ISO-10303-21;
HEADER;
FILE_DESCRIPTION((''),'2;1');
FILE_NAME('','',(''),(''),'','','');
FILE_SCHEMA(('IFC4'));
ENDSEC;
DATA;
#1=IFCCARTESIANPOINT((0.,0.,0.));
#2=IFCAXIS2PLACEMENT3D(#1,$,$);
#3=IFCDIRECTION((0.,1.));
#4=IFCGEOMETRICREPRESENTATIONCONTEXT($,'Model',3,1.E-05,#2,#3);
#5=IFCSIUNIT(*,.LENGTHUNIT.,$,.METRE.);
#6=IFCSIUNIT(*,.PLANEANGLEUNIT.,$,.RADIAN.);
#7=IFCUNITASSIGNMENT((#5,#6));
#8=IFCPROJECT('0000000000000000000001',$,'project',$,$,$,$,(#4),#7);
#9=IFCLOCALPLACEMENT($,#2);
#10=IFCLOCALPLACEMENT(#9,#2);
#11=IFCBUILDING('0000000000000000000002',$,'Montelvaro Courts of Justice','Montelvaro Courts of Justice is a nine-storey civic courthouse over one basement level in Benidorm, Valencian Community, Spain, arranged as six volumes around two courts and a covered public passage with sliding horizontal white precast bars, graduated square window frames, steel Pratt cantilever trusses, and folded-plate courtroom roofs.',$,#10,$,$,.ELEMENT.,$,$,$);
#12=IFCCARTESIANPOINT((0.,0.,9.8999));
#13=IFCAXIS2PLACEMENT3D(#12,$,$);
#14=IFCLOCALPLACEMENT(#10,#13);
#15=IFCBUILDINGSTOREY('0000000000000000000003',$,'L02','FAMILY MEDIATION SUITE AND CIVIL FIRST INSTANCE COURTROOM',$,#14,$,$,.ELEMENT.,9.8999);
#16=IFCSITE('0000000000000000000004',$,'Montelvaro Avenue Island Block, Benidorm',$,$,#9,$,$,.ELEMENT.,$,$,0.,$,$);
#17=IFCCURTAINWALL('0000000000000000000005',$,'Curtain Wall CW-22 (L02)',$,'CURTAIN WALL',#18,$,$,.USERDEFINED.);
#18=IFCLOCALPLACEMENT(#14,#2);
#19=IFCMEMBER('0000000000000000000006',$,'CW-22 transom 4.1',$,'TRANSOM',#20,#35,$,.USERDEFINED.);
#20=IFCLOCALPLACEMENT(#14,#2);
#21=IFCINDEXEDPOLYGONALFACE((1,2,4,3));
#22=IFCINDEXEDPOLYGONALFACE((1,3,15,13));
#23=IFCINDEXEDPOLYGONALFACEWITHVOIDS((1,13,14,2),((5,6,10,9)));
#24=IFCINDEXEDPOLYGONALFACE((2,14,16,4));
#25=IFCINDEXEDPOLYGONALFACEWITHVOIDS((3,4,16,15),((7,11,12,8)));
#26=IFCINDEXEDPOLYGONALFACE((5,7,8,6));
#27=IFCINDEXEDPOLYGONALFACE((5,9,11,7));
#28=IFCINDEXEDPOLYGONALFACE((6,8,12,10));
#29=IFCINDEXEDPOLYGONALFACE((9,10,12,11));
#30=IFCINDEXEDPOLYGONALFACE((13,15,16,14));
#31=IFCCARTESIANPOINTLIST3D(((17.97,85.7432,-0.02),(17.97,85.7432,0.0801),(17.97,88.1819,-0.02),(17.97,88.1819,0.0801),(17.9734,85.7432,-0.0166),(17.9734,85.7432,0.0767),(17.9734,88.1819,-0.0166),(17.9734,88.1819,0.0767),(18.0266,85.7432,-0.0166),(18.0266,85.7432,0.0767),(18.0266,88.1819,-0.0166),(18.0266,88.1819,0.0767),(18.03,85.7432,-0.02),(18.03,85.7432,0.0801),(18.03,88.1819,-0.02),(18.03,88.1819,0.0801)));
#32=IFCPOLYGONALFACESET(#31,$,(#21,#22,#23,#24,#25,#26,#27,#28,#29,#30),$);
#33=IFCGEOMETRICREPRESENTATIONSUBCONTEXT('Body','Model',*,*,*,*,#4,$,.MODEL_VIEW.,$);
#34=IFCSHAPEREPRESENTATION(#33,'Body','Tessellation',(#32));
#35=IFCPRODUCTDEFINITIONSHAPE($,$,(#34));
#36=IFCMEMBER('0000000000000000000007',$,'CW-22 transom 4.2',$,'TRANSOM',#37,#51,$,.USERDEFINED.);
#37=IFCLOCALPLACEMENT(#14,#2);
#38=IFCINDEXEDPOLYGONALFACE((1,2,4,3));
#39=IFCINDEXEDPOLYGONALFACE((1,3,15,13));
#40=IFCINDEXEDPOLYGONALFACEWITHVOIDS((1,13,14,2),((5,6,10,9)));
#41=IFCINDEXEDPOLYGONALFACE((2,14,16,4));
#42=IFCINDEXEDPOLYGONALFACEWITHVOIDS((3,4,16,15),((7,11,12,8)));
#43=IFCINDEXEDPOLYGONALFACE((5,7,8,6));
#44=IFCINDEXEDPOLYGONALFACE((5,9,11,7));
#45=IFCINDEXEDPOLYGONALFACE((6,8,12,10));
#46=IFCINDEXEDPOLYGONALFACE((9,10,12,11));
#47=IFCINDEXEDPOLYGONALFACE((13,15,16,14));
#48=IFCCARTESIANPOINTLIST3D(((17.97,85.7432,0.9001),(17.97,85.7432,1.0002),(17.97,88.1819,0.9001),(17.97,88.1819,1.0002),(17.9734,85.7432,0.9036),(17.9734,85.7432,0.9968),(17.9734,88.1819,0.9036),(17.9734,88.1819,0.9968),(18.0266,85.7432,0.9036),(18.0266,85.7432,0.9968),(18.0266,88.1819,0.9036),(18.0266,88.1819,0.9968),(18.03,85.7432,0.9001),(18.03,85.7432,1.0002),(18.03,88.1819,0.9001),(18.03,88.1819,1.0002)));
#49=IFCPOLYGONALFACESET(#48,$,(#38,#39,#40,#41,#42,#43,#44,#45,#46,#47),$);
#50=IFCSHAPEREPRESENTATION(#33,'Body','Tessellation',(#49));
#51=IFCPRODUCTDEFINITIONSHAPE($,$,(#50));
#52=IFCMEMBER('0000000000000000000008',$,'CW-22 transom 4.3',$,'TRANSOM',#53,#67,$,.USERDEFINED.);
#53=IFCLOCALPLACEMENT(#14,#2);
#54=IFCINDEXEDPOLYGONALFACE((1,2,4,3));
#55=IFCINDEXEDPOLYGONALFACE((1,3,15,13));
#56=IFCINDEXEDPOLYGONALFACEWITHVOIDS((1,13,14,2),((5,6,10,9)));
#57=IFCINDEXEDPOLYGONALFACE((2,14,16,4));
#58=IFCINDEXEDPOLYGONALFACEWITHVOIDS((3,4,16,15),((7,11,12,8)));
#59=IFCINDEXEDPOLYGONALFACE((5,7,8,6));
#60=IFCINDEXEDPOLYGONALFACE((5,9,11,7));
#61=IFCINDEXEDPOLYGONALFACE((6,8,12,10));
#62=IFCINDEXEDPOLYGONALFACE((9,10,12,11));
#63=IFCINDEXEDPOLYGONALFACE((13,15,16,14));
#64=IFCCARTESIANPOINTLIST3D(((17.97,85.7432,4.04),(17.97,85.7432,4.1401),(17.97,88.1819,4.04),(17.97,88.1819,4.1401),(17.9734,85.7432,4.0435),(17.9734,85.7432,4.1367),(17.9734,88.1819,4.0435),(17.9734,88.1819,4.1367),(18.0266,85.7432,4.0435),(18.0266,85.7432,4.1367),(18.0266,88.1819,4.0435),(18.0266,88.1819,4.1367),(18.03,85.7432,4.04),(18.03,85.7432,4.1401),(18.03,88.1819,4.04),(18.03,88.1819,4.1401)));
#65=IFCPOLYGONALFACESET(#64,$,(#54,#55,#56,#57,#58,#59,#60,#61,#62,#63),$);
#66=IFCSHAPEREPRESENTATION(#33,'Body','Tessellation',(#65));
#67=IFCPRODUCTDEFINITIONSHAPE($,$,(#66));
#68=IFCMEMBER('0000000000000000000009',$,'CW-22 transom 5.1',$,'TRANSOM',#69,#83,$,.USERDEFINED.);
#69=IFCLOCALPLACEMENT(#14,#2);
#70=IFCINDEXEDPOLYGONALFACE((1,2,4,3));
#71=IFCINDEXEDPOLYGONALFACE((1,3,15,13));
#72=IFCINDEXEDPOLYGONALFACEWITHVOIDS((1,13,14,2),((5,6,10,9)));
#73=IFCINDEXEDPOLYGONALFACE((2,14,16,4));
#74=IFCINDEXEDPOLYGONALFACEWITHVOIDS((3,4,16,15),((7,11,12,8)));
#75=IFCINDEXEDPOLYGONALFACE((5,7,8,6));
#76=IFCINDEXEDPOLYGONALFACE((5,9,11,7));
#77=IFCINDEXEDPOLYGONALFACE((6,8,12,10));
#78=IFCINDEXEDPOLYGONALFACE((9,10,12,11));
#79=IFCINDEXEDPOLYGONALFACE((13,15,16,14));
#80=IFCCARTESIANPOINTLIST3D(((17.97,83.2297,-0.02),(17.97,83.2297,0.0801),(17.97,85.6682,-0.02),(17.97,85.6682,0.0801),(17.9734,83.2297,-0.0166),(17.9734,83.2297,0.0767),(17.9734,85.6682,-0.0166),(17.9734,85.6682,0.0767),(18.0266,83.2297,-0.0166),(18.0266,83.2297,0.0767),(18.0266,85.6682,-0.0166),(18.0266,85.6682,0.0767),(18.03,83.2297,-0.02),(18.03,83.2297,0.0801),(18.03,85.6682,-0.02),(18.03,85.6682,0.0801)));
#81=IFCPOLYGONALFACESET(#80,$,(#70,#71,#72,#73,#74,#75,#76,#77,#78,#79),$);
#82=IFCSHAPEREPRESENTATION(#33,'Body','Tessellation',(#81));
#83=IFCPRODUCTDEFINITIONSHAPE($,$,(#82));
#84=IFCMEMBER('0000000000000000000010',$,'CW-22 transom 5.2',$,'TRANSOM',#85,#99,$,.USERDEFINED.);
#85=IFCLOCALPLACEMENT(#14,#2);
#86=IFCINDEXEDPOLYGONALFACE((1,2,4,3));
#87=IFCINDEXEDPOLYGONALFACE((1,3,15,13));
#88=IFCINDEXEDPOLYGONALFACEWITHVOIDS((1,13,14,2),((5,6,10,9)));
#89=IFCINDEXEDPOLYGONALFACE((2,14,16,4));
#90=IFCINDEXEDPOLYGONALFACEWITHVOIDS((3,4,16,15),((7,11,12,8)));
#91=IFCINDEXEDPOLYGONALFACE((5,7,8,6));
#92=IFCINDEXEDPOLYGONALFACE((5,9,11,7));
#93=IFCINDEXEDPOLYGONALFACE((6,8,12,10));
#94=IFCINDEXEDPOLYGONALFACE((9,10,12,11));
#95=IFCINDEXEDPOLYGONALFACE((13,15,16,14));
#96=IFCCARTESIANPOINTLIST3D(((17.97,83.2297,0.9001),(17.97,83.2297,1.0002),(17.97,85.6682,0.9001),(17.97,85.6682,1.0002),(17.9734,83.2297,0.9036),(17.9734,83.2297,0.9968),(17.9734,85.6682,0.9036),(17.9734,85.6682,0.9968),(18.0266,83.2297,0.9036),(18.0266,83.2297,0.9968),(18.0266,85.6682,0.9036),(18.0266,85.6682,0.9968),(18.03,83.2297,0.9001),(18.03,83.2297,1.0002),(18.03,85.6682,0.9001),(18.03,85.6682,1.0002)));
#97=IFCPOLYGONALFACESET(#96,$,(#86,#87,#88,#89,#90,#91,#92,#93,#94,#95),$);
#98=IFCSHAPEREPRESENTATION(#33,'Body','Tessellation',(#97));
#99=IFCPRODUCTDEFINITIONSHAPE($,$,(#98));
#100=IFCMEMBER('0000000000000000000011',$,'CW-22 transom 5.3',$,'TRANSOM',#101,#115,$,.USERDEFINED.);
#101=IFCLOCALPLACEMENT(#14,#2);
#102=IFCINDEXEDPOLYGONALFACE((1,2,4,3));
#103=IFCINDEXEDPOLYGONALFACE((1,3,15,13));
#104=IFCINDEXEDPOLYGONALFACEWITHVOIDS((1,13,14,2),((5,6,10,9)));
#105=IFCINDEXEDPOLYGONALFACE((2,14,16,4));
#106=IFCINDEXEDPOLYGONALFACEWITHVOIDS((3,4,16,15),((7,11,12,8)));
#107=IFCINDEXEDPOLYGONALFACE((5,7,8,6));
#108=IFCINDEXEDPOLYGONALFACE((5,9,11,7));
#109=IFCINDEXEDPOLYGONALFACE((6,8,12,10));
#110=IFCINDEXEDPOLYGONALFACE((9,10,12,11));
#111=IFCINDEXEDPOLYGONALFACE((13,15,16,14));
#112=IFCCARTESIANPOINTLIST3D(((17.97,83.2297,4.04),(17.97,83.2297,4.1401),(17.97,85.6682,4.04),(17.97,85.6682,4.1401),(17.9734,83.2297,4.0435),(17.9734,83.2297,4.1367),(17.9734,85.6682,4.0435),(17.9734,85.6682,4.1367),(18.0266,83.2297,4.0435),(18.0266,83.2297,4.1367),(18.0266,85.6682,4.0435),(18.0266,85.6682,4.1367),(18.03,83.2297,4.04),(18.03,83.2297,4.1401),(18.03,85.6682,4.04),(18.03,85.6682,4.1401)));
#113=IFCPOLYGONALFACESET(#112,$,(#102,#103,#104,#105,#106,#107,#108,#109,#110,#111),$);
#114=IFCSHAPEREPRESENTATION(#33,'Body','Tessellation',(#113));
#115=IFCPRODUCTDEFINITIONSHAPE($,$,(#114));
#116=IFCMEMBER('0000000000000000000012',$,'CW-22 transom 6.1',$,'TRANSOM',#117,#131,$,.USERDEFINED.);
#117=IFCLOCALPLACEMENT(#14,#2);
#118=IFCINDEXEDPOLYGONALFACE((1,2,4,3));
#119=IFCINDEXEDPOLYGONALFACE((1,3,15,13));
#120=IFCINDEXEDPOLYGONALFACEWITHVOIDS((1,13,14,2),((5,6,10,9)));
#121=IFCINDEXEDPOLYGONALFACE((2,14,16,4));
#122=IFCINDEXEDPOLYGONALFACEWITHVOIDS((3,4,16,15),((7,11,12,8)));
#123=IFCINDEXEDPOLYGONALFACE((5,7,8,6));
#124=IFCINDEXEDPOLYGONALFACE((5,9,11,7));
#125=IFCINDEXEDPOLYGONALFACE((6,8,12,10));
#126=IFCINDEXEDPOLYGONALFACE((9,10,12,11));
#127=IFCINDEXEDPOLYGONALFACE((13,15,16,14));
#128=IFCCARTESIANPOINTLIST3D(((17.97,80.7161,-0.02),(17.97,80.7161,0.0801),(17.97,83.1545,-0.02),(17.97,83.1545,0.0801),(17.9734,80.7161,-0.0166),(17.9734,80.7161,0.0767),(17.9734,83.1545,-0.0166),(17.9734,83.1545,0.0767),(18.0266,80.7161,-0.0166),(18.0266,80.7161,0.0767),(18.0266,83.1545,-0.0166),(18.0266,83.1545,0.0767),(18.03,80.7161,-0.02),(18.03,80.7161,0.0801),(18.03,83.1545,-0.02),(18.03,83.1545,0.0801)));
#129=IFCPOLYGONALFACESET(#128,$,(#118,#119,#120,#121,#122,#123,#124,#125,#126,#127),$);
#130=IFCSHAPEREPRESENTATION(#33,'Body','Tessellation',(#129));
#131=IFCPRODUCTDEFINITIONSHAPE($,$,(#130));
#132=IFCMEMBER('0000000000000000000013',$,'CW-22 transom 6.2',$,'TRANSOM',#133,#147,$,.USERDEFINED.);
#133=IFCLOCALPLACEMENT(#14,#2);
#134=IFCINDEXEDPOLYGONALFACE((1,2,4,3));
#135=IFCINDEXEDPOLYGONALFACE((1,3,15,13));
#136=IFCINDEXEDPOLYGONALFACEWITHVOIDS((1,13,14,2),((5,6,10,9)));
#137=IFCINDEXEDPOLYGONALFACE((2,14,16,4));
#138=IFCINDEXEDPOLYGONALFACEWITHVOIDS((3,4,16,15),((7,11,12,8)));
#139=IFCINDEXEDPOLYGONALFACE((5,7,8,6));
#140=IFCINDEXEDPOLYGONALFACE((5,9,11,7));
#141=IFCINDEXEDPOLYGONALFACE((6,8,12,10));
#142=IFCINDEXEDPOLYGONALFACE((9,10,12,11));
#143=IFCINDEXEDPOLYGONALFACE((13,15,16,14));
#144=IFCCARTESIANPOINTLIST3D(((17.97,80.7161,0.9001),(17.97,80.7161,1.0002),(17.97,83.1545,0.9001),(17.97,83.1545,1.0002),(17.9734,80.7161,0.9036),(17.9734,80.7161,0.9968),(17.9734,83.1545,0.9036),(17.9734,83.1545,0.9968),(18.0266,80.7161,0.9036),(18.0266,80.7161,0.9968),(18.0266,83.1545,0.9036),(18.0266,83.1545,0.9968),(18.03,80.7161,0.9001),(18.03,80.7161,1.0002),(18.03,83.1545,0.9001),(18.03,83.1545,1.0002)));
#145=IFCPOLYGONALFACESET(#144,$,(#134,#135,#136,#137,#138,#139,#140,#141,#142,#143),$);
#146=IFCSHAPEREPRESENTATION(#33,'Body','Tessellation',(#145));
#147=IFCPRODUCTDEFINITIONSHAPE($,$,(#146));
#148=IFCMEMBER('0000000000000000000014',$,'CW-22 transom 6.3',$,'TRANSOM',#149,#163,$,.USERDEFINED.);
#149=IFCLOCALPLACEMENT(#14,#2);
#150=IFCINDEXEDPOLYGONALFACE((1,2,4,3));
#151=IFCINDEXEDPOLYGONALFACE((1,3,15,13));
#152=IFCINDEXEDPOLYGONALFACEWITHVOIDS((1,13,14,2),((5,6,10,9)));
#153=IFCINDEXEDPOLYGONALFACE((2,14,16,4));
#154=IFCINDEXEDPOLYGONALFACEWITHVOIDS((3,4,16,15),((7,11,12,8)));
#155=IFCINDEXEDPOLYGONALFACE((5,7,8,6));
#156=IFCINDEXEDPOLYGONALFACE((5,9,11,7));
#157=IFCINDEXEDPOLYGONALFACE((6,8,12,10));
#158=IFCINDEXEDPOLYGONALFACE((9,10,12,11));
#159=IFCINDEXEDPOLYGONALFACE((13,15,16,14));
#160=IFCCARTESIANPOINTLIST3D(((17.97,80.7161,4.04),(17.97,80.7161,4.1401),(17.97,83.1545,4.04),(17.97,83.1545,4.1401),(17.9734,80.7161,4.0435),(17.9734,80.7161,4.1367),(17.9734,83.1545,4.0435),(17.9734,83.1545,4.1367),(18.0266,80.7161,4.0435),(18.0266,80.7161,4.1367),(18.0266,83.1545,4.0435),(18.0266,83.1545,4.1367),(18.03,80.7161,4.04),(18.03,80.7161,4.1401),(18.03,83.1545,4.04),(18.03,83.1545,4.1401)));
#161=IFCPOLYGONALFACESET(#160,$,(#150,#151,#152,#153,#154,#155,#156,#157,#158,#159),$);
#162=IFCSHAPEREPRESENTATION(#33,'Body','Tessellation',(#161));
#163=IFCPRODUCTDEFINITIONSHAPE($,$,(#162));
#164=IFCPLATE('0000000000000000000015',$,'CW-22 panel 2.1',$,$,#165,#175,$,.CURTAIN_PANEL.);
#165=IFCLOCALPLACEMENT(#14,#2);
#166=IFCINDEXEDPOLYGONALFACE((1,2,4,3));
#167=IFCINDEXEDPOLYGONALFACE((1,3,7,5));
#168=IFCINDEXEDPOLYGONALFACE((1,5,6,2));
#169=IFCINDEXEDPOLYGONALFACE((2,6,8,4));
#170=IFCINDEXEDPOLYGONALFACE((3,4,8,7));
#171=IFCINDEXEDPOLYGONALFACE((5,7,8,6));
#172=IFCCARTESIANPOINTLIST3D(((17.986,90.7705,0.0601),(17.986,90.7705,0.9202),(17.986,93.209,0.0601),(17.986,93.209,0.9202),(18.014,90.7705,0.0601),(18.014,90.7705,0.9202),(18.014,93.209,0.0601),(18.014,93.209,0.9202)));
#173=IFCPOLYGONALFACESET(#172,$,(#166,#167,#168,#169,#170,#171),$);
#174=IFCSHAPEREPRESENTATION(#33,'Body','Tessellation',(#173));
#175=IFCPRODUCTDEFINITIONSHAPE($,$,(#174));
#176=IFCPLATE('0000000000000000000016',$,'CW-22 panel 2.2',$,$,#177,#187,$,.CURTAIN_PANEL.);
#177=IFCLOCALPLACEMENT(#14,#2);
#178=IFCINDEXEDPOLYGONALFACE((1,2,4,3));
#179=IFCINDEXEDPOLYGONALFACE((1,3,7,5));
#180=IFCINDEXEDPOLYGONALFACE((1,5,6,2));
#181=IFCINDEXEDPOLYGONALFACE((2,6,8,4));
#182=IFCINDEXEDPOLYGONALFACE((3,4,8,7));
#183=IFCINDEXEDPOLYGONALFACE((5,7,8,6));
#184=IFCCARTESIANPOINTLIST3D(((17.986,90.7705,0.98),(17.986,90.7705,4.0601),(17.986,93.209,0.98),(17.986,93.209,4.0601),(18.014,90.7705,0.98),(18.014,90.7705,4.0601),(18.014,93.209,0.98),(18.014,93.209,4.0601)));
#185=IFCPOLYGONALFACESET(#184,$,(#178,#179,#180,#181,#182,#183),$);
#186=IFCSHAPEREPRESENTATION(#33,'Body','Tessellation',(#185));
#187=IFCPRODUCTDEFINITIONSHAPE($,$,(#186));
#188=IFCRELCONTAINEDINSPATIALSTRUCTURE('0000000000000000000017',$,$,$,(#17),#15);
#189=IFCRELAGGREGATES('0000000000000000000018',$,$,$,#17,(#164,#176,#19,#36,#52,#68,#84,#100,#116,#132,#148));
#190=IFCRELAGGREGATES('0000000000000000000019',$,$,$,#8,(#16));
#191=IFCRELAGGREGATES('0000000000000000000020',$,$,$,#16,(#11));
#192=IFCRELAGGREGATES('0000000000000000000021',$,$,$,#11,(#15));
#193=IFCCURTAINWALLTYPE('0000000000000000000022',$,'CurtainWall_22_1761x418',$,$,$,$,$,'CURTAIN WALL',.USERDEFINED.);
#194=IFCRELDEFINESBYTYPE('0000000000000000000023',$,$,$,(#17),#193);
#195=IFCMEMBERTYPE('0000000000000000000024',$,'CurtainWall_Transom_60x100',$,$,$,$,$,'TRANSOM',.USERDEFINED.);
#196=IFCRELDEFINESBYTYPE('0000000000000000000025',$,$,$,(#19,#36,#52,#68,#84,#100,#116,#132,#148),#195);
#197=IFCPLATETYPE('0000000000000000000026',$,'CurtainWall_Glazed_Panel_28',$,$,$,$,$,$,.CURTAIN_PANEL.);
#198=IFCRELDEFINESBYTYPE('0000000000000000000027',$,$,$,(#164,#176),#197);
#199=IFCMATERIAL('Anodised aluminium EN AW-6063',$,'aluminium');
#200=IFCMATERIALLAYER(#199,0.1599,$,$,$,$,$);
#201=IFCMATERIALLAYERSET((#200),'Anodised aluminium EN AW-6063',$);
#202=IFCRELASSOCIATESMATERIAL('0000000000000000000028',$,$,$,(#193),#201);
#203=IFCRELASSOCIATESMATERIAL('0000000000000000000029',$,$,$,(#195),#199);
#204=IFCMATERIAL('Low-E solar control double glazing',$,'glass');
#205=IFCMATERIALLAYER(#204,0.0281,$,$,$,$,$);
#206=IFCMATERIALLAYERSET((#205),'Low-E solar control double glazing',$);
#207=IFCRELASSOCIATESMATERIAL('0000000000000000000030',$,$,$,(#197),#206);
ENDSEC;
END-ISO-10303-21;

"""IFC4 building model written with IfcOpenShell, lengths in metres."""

from ifc_helpers import new_model, si_unit, direction, frame, origin, origin_2d, place, context, subcontext, project, spatial, rectangle, hollow_rectangle, extrude, material, layer, layer_set, material_profile, profile_set, type_object, element, aggregate, save


model = new_model("IFC4")

# Units and contexts
model_context = context("Model", 3, precision=1e-05, world=origin(), true_north=direction((0.0, 1.0)))
body_context = subcontext(model_context, "Body", "Model", "MODEL_VIEW")
ifc_project = project(units=[si_unit("LENGTHUNIT", "METRE"), si_unit("PLANEANGLEUNIT", "RADIAN")], contexts=[model_context])

# Site, building, storey
site_placement = place(None, origin())
site = spatial("IfcSite", under=ifc_project, at=site_placement, Name="Montelvaro Avenue Island Block, Benidorm", CompositionType="ELEMENT", RefElevation=0.0)
building_placement = place(site_placement, origin())
building = spatial("IfcBuilding", under=site, at=building_placement, Name="Montelvaro Courts of Justice", Description="Montelvaro Courts of Justice is a nine-storey civic courthouse over one basement level in Benidorm, Valencian Community, Spain, arranged as six volumes around two courts and a covered public passage with sliding horizontal white precast bars, graduated square window frames, steel Pratt cantilever trusses, and folded-plate courtroom roofs.", CompositionType="ELEMENT")
storey_placement = place(building_placement, frame((0.0, 0.0, 9.8999)))
storey = spatial("IfcBuildingStorey", under=building, at=storey_placement, Name="L02", Description="FAMILY MEDIATION SUITE AND CIVIL FIRST INSTANCE COURTROOM", CompositionType="ELEMENT", Elevation=9.8999)

# Curtain wall, members, plates
ifc_material_1 = material(Name="Anodised aluminium EN AW-6063", Category="aluminium")
ifc_layer_1 = layer(ifc_material_1, 0.1599)
ifc_layer_set_1 = layer_set([ifc_layer_1], Name="Anodised aluminium EN AW-6063")
curtain_wall_type = type_object("IfcCurtainWallType", Name="CurtainWall_22_1761x418", ElementType="CURTAIN WALL", PredefinedType="USERDEFINED", material=ifc_layer_set_1)
curtain_wall_placement = place(storey_placement, origin())
curtain_wall = element("IfcCurtainWall", 1, at=curtain_wall_placement, inside=storey, type_object=curtain_wall_type, Name="Curtain Wall CW-22 (L02)", ObjectType="CURTAIN WALL", PredefinedType="USERDEFINED")
ifc_material_profile_1 = material_profile(ifc_material_1, hollow_rectangle(XDim=0.0601, YDim=0.1001, WallThickness=0.0034, at=origin_2d()), Name="ALU-T 60x100")
ifc_profile_set_1 = profile_set([ifc_material_profile_1], Name="Anodised aluminium EN AW-6063")
member_type_1 = type_object("IfcMemberType", Name="CurtainWall_Transom_60x100", ElementType="TRANSOM", PredefinedType="USERDEFINED", material=ifc_profile_set_1)
member_1_placement = place(storey_placement, frame((18.0, 88.1819, 0.03), z_axis=(0.0, -1.0, 0.0), x_axis=(1.0, 0.0, 0.0)))
member_1 = element("IfcMember", 2, at=member_1_placement, type_object=member_type_1, Name="CW-22 transom 4.1", ObjectType="TRANSOM", PredefinedType="USERDEFINED", context=body_context, shape_type="SweptSolid", body=[
    extrude(hollow_rectangle(XDim=0.0601, YDim=0.1001, WallThickness=0.0034, at=origin_2d()), origin(), (0.0, 0.0, 1.0), 2.4387),
])
member_2_placement = place(storey_placement, frame((18.0, 88.1819, 0.9502), z_axis=(0.0, -1.0, 0.0), x_axis=(1.0, 0.0, 0.0)))
member_2 = element("IfcMember", 3, at=member_2_placement, type_object=member_type_1, Name="CW-22 transom 4.2", ObjectType="TRANSOM", PredefinedType="USERDEFINED", context=body_context, shape_type="SweptSolid", body=[
    extrude(hollow_rectangle(XDim=0.0601, YDim=0.1001, WallThickness=0.0034, at=origin_2d()), origin(), (0.0, 0.0, 1.0), 2.4387),
])
member_3_placement = place(storey_placement, frame((18.0, 88.1819, 4.0901), z_axis=(0.0, -1.0, 0.0), x_axis=(1.0, 0.0, 0.0)))
member_3 = element("IfcMember", 4, at=member_3_placement, type_object=member_type_1, Name="CW-22 transom 4.3", ObjectType="TRANSOM", PredefinedType="USERDEFINED", context=body_context, shape_type="SweptSolid", body=[
    extrude(hollow_rectangle(XDim=0.0601, YDim=0.1001, WallThickness=0.0034, at=origin_2d()), origin(), (0.0, 0.0, 1.0), 2.4387),
])
member_4_placement = place(storey_placement, frame((18.0, 85.6682, 0.03), z_axis=(0.0, -1.0, 0.0), x_axis=(1.0, 0.0, 0.0)))
member_4 = element("IfcMember", 5, at=member_4_placement, type_object=member_type_1, Name="CW-22 transom 5.1", ObjectType="TRANSOM", PredefinedType="USERDEFINED", context=body_context, shape_type="SweptSolid", body=[
    extrude(hollow_rectangle(XDim=0.0601, YDim=0.1001, WallThickness=0.0034, at=origin_2d()), origin(), (0.0, 0.0, 1.0), 2.4385),
])
member_5_placement = place(storey_placement, frame((18.0, 85.6682, 0.9502), z_axis=(0.0, -1.0, 0.0), x_axis=(1.0, 0.0, 0.0)))
member_5 = element("IfcMember", 6, at=member_5_placement, type_object=member_type_1, Name="CW-22 transom 5.2", ObjectType="TRANSOM", PredefinedType="USERDEFINED", context=body_context, shape_type="SweptSolid", body=[
    extrude(hollow_rectangle(XDim=0.0601, YDim=0.1001, WallThickness=0.0034, at=origin_2d()), origin(), (0.0, 0.0, 1.0), 2.4385),
])
member_6_placement = place(storey_placement, frame((18.0, 85.6682, 4.0901), z_axis=(0.0, -1.0, 0.0), x_axis=(1.0, 0.0, 0.0)))
member_6 = element("IfcMember", 7, at=member_6_placement, type_object=member_type_1, Name="CW-22 transom 5.3", ObjectType="TRANSOM", PredefinedType="USERDEFINED", context=body_context, shape_type="SweptSolid", body=[
    extrude(hollow_rectangle(XDim=0.0601, YDim=0.1001, WallThickness=0.0034, at=origin_2d()), origin(), (0.0, 0.0, 1.0), 2.4385),
])
member_7_placement = place(storey_placement, frame((18.0, 83.1545, 0.03), z_axis=(0.0, -1.0, 0.0), x_axis=(1.0, 0.0, 0.0)))
member_7 = element("IfcMember", 8, at=member_7_placement, type_object=member_type_1, Name="CW-22 transom 6.1", ObjectType="TRANSOM", PredefinedType="USERDEFINED", context=body_context, shape_type="SweptSolid", body=[
    extrude(hollow_rectangle(XDim=0.0601, YDim=0.1001, WallThickness=0.0034, at=origin_2d()), origin(), (0.0, 0.0, 1.0), 2.4385),
])
member_8_placement = place(storey_placement, frame((18.0, 83.1545, 0.9502), z_axis=(0.0, -1.0, 0.0), x_axis=(1.0, 0.0, 0.0)))
member_8 = element("IfcMember", 9, at=member_8_placement, type_object=member_type_1, Name="CW-22 transom 6.2", ObjectType="TRANSOM", PredefinedType="USERDEFINED", context=body_context, shape_type="SweptSolid", body=[
    extrude(hollow_rectangle(XDim=0.0601, YDim=0.1001, WallThickness=0.0034, at=origin_2d()), origin(), (0.0, 0.0, 1.0), 2.4385),
])
member_9_placement = place(storey_placement, frame((18.0, 83.1545, 4.0901), z_axis=(0.0, -1.0, 0.0), x_axis=(1.0, 0.0, 0.0)))
member_9 = element("IfcMember", 10, at=member_9_placement, type_object=member_type_1, Name="CW-22 transom 6.3", ObjectType="TRANSOM", PredefinedType="USERDEFINED", context=body_context, shape_type="SweptSolid", body=[
    extrude(hollow_rectangle(XDim=0.0601, YDim=0.1001, WallThickness=0.0034, at=origin_2d()), origin(), (0.0, 0.0, 1.0), 2.4385),
])
ifc_material_2 = material(Name="Low-E solar control double glazing", Category="glass")
ifc_layer_2 = layer(ifc_material_2, 0.0281)
ifc_layer_set_2 = layer_set([ifc_layer_2], Name="Low-E solar control double glazing")
plate_type = type_object("IfcPlateType", Name="CurtainWall_Glazed_Panel_28", PredefinedType="CURTAIN_PANEL", material=ifc_layer_set_2)
plate_1_placement = place(storey_placement, frame((18.0, 91.9897, 0.0601), z_axis=(0.0, 0.0, 1.0), x_axis=(0.0, -1.0, 0.0)))
plate_1 = element("IfcPlate", 11, at=plate_1_placement, type_object=plate_type, Name="CW-22 panel 2.1", PredefinedType="CURTAIN_PANEL", context=body_context, shape_type="SweptSolid", body=[
    extrude(rectangle(XDim=2.4385, YDim=0.0281, at=origin_2d()), origin(), (0.0, 0.0, 1.0), 0.8601),
])
plate_2_placement = place(storey_placement, frame((18.0, 91.9897, 0.98), z_axis=(0.0, 0.0, 1.0), x_axis=(0.0, -1.0, 0.0)))
plate_2 = element("IfcPlate", 12, at=plate_2_placement, type_object=plate_type, Name="CW-22 panel 2.2", PredefinedType="CURTAIN_PANEL", context=body_context, shape_type="SweptSolid", body=[
    extrude(rectangle(XDim=2.4385, YDim=0.0281, at=origin_2d()), origin(), (0.0, 0.0, 1.0), 3.0801),
])
aggregate(curtain_wall, [plate_1, plate_2, member_1, member_2, member_3, member_4, member_5, member_6, member_7, member_8, member_9])

save(model, "model.ifc")
